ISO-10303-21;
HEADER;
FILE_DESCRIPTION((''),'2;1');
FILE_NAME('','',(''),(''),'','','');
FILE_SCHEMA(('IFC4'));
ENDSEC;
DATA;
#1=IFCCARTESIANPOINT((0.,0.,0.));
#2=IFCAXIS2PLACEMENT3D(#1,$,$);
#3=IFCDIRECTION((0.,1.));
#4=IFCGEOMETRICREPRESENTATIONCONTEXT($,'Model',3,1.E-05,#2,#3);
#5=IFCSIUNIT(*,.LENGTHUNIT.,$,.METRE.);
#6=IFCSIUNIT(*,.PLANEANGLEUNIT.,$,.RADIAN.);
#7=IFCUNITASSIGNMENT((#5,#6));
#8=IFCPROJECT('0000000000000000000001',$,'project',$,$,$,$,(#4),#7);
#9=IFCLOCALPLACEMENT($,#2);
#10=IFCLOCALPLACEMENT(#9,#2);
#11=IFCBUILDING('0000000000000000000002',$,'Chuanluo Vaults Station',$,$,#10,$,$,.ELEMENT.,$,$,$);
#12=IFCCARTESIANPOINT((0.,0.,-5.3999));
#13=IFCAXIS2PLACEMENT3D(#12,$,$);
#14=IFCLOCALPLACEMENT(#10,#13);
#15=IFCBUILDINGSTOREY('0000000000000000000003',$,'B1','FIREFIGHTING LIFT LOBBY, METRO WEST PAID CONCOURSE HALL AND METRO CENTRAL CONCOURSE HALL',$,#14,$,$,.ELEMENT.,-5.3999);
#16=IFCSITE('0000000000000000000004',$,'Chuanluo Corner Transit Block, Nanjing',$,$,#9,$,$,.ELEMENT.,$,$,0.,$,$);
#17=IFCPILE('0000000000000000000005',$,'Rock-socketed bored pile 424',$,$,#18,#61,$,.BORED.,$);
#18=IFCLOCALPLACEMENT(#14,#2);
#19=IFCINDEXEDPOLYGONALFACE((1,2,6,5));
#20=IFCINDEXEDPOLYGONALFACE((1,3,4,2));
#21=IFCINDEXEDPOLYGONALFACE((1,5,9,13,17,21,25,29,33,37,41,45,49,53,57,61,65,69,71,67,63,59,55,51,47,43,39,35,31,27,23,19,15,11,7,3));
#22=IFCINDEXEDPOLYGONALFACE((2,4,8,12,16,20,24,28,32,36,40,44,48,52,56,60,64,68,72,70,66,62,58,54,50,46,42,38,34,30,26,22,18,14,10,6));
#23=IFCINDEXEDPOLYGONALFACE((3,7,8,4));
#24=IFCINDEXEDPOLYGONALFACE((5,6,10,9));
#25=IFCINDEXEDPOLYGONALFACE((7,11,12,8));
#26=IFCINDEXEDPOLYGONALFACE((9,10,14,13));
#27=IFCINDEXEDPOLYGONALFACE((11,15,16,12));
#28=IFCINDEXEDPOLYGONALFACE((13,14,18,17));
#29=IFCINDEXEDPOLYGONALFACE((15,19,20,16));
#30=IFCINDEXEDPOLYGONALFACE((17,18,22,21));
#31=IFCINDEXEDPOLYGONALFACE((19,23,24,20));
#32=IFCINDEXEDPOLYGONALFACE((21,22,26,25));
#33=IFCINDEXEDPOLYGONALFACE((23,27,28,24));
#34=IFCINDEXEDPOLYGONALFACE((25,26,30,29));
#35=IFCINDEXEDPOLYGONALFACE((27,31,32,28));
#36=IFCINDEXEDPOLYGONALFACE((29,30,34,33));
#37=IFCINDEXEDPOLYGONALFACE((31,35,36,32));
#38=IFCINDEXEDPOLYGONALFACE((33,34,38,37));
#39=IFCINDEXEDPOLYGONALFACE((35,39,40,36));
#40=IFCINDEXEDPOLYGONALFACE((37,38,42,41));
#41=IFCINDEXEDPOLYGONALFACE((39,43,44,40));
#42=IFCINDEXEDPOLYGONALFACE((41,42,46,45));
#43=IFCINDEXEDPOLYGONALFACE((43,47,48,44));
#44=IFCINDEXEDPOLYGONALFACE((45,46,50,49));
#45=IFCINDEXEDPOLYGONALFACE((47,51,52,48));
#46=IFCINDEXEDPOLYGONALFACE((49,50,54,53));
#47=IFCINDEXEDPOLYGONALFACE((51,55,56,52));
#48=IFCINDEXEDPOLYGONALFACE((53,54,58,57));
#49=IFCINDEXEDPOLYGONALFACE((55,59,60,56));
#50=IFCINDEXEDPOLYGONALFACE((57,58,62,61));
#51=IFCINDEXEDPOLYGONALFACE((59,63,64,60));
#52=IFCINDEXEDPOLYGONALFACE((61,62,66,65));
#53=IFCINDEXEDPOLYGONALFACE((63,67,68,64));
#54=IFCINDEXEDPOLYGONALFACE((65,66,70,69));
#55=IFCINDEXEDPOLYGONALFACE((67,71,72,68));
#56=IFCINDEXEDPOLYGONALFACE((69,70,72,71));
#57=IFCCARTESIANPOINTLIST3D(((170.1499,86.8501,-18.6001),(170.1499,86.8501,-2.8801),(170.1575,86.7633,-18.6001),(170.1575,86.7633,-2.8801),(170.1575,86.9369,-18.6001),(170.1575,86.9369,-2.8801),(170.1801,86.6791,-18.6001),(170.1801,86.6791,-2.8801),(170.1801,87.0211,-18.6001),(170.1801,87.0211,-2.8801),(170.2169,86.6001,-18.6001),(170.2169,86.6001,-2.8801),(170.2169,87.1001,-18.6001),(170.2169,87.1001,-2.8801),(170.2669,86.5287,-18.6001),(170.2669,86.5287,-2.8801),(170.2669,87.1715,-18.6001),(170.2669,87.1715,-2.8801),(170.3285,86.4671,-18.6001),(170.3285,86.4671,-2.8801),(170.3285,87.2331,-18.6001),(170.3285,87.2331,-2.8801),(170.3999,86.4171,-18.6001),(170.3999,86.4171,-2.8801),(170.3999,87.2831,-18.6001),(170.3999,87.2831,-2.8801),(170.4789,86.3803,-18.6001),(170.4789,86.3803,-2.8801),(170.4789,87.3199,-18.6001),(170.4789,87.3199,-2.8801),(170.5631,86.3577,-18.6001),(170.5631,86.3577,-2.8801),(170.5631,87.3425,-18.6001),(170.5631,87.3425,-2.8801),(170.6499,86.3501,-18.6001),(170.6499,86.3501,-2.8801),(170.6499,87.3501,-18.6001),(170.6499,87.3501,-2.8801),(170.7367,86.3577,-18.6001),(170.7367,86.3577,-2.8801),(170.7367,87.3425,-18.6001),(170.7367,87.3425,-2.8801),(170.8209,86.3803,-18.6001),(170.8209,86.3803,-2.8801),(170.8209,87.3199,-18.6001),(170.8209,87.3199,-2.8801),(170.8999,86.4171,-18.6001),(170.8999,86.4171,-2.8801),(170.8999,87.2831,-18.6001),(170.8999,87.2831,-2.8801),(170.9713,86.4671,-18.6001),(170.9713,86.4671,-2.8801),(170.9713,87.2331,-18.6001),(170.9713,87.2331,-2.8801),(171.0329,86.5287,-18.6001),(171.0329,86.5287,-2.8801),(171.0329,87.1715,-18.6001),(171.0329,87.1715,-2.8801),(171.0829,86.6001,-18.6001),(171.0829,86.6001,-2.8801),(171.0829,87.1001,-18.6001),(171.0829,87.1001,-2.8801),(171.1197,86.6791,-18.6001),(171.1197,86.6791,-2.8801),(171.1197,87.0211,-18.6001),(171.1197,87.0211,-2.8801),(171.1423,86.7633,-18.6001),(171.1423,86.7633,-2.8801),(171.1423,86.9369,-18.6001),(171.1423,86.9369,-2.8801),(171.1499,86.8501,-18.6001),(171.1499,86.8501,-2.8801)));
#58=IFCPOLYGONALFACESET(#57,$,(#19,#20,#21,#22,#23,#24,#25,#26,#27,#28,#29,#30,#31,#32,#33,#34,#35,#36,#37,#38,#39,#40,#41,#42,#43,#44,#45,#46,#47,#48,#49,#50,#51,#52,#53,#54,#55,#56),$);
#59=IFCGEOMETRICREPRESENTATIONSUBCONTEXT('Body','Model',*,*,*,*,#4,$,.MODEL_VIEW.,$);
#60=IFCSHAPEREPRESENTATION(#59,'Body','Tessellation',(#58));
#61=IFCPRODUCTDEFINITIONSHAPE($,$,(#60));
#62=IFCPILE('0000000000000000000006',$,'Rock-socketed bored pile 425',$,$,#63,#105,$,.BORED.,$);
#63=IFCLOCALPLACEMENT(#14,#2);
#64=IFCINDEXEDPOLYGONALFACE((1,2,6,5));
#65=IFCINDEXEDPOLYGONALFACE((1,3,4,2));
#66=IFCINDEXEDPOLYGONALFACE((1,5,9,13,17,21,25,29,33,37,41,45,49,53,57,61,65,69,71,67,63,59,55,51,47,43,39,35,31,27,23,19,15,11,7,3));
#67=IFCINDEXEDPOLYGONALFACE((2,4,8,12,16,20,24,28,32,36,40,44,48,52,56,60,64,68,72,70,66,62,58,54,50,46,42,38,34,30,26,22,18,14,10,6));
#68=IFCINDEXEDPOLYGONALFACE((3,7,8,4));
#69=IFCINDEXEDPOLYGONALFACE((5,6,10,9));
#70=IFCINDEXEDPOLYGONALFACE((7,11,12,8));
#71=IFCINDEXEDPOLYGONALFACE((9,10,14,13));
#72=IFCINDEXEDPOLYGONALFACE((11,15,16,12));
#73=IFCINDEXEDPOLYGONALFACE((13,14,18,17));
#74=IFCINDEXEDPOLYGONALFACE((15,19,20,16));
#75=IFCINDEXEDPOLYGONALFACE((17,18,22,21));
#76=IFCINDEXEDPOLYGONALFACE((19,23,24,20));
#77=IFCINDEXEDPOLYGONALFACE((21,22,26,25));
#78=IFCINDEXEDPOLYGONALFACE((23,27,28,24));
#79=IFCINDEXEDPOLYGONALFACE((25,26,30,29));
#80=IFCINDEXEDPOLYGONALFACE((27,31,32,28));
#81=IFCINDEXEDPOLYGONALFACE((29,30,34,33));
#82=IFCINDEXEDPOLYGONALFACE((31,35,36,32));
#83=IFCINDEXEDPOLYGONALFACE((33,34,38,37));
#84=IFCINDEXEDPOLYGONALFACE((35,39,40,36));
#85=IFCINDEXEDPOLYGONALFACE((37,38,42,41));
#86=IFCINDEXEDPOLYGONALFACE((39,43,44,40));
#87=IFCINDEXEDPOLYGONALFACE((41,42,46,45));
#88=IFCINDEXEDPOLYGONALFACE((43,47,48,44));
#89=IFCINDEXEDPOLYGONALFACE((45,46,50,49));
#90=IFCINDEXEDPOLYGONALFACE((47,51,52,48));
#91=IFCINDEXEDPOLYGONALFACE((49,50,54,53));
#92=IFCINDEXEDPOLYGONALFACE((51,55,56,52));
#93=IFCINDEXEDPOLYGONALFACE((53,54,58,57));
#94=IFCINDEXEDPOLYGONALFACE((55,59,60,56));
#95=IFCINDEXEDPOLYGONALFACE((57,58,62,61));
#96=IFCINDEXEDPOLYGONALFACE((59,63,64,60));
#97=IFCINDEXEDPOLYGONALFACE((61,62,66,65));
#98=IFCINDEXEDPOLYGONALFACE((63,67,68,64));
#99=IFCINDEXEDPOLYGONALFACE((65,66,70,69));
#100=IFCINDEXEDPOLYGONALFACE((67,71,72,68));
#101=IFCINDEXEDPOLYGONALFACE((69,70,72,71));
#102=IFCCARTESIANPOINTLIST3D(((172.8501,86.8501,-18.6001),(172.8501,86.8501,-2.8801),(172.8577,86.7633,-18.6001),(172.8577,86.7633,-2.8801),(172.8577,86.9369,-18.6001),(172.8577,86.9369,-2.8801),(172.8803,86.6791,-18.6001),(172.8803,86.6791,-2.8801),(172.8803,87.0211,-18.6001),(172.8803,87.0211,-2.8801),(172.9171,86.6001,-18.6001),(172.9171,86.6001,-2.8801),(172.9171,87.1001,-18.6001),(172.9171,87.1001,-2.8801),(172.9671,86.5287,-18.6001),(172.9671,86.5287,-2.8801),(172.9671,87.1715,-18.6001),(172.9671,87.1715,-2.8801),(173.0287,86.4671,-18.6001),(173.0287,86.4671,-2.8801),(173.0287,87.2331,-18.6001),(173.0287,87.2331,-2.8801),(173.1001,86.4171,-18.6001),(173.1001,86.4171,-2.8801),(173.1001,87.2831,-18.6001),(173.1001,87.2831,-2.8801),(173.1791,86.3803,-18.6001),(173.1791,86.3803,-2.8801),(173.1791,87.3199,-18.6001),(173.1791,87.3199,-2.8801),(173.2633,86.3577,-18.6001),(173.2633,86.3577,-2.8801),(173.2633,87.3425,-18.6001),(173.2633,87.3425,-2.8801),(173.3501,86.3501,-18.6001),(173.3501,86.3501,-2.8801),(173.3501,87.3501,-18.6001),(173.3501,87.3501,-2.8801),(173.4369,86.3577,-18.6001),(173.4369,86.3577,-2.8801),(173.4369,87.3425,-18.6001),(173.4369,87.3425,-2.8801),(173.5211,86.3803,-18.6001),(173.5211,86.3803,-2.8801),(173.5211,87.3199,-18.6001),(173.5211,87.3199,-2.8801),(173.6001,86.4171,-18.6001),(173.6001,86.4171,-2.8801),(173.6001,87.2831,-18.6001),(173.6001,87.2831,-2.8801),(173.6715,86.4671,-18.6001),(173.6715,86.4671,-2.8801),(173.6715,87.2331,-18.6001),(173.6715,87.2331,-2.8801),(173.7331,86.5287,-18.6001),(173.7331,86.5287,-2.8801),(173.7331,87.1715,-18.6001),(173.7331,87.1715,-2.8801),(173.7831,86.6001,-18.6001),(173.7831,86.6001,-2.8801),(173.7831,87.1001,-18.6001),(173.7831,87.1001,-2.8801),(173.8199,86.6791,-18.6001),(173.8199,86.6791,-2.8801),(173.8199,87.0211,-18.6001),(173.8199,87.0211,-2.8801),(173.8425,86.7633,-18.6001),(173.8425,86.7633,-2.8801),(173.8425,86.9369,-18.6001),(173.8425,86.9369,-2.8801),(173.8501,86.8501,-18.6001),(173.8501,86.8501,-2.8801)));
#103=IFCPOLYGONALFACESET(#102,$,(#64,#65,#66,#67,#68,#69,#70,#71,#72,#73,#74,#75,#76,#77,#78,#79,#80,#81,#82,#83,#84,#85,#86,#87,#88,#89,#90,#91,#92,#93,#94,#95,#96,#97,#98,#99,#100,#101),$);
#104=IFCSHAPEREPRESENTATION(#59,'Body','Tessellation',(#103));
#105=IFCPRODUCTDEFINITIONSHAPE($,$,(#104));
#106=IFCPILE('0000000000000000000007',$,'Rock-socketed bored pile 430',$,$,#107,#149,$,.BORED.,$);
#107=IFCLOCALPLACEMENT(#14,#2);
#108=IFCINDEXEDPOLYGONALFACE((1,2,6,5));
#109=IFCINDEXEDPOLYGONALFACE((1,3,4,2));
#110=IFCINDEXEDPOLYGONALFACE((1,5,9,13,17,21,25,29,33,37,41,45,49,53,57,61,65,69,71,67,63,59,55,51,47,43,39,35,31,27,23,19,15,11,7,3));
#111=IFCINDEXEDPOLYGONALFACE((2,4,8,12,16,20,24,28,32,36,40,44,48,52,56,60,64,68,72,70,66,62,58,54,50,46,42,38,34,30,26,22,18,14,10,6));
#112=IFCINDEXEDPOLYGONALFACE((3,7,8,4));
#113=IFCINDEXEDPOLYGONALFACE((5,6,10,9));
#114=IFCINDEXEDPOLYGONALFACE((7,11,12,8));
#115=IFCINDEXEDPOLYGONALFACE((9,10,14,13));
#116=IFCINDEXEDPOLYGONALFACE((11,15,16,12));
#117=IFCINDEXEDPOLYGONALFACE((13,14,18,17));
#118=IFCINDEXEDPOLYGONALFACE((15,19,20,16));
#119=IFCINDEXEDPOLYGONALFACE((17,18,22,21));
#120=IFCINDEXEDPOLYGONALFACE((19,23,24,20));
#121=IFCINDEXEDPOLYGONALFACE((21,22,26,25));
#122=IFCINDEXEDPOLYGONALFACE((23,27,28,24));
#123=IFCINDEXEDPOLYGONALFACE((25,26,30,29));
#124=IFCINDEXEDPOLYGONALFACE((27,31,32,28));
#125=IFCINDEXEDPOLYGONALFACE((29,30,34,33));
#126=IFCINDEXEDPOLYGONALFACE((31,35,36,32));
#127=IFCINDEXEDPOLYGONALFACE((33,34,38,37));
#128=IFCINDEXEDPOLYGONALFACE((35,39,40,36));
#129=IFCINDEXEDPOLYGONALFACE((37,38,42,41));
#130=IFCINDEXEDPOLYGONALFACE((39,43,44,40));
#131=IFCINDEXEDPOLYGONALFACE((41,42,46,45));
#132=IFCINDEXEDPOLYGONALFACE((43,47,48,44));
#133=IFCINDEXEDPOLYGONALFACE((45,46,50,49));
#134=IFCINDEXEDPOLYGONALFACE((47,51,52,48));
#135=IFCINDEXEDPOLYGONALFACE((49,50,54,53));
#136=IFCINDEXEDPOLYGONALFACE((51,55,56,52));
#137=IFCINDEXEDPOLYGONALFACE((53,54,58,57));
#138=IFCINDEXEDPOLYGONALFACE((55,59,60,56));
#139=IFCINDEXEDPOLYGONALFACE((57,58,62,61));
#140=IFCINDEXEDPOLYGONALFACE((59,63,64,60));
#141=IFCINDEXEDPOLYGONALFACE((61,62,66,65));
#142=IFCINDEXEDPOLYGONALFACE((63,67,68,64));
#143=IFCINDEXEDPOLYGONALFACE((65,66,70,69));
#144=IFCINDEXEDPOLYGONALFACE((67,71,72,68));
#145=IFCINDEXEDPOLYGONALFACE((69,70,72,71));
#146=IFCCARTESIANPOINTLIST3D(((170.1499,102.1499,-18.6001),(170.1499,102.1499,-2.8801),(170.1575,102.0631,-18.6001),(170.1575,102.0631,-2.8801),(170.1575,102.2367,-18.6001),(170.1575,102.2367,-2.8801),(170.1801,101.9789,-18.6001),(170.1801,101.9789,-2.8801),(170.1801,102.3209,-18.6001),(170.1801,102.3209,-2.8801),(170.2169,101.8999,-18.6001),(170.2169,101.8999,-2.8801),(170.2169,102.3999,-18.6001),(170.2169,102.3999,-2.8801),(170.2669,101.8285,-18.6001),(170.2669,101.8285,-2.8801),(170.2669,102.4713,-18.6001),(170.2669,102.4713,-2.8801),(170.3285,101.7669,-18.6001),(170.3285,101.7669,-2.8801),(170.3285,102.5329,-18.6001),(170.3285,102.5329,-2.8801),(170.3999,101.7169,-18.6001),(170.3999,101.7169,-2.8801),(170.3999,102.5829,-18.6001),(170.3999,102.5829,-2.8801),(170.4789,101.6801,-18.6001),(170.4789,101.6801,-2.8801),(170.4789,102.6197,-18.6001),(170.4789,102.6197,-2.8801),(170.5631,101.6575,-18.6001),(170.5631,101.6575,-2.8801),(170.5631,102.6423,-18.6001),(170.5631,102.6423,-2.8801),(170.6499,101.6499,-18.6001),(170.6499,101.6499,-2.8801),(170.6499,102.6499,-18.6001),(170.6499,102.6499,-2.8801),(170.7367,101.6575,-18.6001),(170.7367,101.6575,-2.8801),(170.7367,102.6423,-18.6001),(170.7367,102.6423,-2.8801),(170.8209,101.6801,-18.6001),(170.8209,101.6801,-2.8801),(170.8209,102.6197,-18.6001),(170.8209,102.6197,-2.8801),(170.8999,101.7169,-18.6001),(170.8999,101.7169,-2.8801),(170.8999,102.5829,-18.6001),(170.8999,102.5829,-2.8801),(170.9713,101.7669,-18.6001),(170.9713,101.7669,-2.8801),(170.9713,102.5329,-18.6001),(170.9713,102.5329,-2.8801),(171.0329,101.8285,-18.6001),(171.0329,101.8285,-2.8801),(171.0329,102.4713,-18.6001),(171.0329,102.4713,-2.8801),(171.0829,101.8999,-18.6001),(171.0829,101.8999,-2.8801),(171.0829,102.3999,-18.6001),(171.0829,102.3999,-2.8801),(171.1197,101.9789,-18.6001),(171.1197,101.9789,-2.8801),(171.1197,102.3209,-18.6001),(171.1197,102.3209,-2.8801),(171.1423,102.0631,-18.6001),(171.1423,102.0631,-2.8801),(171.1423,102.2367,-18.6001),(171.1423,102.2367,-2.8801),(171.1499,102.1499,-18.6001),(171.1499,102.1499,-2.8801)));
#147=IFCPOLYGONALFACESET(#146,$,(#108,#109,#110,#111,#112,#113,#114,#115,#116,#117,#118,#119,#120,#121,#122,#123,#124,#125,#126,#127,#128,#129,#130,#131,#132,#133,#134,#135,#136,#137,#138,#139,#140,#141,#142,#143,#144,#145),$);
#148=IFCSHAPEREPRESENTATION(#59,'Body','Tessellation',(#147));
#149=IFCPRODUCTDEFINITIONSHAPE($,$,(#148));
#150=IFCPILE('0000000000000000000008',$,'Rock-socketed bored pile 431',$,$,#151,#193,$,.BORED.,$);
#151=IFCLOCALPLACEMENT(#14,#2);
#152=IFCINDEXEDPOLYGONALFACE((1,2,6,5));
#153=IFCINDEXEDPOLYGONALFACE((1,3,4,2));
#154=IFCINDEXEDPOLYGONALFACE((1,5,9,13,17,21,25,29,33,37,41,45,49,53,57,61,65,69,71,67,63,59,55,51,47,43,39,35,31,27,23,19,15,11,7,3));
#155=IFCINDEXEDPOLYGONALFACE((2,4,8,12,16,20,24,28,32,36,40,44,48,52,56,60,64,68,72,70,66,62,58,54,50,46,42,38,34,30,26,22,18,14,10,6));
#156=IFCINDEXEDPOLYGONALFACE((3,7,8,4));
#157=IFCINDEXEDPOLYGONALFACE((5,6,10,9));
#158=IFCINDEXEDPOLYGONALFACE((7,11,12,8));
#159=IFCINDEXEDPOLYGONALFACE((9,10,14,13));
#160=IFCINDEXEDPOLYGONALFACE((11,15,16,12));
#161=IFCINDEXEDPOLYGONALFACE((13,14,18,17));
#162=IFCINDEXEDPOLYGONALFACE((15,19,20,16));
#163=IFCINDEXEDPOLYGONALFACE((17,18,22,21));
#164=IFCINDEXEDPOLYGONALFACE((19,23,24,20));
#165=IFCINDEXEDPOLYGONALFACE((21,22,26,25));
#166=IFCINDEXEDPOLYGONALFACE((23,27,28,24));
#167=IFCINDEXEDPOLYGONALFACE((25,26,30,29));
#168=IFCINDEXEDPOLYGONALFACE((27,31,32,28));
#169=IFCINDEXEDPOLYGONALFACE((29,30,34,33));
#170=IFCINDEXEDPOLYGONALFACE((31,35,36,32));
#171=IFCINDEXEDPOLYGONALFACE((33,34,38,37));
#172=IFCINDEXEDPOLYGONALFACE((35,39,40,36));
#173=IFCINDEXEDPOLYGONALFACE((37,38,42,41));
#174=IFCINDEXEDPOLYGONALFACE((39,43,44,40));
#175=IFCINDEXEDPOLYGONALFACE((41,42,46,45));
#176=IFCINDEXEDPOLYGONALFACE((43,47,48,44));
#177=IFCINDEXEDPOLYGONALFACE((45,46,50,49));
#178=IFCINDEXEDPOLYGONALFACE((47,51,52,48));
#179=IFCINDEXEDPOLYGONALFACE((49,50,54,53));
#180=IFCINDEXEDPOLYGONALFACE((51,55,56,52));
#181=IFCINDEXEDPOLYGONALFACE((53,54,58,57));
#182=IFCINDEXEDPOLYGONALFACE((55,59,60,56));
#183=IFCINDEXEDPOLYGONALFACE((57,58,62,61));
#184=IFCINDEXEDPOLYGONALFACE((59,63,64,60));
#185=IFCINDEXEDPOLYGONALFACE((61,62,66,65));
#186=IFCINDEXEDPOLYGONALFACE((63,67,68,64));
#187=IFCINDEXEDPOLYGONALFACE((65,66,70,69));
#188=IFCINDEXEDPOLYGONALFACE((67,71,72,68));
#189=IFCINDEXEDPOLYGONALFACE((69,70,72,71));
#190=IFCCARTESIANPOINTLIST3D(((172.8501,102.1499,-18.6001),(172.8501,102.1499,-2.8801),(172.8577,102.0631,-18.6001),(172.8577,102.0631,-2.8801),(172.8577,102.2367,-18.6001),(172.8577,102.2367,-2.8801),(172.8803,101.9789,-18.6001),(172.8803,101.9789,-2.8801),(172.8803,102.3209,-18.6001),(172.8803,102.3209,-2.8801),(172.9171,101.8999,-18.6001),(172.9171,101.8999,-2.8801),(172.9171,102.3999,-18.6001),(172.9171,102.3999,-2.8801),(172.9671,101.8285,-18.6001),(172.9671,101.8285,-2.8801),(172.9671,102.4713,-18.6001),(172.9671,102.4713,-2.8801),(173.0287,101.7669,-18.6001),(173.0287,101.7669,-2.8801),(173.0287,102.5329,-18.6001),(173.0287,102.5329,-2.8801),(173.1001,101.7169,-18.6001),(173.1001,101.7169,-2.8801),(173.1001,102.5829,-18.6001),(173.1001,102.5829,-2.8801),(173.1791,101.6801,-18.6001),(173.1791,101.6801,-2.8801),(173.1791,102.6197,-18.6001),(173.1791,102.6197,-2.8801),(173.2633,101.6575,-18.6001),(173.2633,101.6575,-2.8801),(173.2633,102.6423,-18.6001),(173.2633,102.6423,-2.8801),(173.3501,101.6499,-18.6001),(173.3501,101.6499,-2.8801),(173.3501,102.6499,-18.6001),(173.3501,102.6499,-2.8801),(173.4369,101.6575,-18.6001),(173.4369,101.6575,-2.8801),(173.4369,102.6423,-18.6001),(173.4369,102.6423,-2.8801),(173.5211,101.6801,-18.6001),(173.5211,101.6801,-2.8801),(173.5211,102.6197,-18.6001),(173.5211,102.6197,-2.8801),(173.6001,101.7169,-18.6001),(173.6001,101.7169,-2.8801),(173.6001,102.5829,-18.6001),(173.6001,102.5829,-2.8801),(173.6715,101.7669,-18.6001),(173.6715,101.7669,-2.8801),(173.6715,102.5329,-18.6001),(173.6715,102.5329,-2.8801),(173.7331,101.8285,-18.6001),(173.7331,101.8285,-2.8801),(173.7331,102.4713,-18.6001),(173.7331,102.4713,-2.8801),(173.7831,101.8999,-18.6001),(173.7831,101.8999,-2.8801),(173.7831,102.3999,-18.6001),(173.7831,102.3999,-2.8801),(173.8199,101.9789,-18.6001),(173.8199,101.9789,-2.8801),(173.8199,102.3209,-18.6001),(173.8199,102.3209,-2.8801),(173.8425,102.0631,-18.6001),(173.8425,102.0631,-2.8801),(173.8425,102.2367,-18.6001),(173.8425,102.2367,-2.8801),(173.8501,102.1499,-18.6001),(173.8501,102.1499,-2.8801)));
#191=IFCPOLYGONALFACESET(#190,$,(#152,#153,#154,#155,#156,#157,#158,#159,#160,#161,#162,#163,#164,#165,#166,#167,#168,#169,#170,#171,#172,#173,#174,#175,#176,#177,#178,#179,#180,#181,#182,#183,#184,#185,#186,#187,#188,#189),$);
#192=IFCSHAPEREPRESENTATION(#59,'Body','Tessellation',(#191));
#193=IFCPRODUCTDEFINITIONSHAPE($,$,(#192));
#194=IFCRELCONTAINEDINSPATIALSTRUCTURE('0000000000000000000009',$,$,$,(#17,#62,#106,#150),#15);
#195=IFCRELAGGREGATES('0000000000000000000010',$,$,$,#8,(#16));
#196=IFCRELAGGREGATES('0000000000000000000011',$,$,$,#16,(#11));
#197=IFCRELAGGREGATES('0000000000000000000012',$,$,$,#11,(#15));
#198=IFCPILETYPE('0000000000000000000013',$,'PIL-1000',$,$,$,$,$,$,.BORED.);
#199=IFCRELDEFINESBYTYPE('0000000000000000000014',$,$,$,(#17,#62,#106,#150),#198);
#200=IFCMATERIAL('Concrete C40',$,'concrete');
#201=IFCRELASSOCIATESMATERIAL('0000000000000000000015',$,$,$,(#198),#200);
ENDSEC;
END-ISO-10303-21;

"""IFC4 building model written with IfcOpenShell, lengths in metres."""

from ifc_helpers import new_model, si_unit, direction, frame, origin, origin_2d, place, context, subcontext, project, spatial, circle, extrude, material, material_profile, profile_set, type_object, element, save


model = new_model("IFC4")

# Units and contexts
model_context = context("Model", 3, precision=1e-05, world=origin(), true_north=direction((0.0, 1.0)))
body_context = subcontext(model_context, "Body", "Model", "MODEL_VIEW")
ifc_project = project(units=[si_unit("LENGTHUNIT", "METRE"), si_unit("PLANEANGLEUNIT", "RADIAN")], contexts=[model_context])

# Site, building, storey
site_placement = place(None, origin())
site = spatial("IfcSite", under=ifc_project, at=site_placement, Name="Chuanluo Corner Transit Block, Nanjing", CompositionType="ELEMENT", RefElevation=0.0)
building_placement = place(site_placement, origin())
building = spatial("IfcBuilding", under=site, at=building_placement, Name="Chuanluo Vaults Station", CompositionType="ELEMENT")
storey_placement = place(building_placement, frame((0.0, 0.0, -5.3999)))
storey = spatial("IfcBuildingStorey", under=building, at=storey_placement, Name="B1", Description="FIREFIGHTING LIFT LOBBY, METRO WEST PAID CONCOURSE HALL AND METRO CENTRAL CONCOURSE HALL", CompositionType="ELEMENT", Elevation=-5.3999)

# Piles
ifc_material_1 = material(Name="Concrete C40", Category="concrete")
ifc_material_profile_1 = material_profile(ifc_material_1, circle(Radius=0.5, at=origin_2d()))
ifc_profile_set_1 = profile_set([ifc_material_profile_1], Name="Concrete C40")
pile_type_1 = type_object("IfcPileType", Name="PIL-1000", PredefinedType="BORED", material=ifc_profile_set_1)
for number, where, z_axis, x_axis, name in (
    (1, (170.6499, 86.8501, -2.8801), (0.0, 0.0, -1.0), (1.0, 0.0, 0.0), "Rock-socketed bored pile 424"),
    (2, (173.3501, 86.8501, -2.8801), (0.0, 0.0, -1.0), (1.0, 0.0, 0.0), "Rock-socketed bored pile 425"),
    (3, (170.6499, 102.1499, -2.8801), (0.0, 0.0, -1.0), (1.0, 0.0, 0.0), "Rock-socketed bored pile 430"),
    (4, (173.3501, 102.1499, -2.8801), (0.0, 0.0, -1.0), (1.0, 0.0, 0.0), "Rock-socketed bored pile 431"),
):
    element("IfcPile", number, at=place(storey_placement, frame(where, z_axis=z_axis, x_axis=x_axis)), inside=storey, type_object=pile_type_1, Name=name, PredefinedType="BORED", context=body_context, shape_type="SweptSolid", body=[
        extrude(circle(Radius=0.5, at=origin_2d()), origin(), (0.0, 0.0, 1.0), 15.72),
    ])

save(model, "model.ifc")
